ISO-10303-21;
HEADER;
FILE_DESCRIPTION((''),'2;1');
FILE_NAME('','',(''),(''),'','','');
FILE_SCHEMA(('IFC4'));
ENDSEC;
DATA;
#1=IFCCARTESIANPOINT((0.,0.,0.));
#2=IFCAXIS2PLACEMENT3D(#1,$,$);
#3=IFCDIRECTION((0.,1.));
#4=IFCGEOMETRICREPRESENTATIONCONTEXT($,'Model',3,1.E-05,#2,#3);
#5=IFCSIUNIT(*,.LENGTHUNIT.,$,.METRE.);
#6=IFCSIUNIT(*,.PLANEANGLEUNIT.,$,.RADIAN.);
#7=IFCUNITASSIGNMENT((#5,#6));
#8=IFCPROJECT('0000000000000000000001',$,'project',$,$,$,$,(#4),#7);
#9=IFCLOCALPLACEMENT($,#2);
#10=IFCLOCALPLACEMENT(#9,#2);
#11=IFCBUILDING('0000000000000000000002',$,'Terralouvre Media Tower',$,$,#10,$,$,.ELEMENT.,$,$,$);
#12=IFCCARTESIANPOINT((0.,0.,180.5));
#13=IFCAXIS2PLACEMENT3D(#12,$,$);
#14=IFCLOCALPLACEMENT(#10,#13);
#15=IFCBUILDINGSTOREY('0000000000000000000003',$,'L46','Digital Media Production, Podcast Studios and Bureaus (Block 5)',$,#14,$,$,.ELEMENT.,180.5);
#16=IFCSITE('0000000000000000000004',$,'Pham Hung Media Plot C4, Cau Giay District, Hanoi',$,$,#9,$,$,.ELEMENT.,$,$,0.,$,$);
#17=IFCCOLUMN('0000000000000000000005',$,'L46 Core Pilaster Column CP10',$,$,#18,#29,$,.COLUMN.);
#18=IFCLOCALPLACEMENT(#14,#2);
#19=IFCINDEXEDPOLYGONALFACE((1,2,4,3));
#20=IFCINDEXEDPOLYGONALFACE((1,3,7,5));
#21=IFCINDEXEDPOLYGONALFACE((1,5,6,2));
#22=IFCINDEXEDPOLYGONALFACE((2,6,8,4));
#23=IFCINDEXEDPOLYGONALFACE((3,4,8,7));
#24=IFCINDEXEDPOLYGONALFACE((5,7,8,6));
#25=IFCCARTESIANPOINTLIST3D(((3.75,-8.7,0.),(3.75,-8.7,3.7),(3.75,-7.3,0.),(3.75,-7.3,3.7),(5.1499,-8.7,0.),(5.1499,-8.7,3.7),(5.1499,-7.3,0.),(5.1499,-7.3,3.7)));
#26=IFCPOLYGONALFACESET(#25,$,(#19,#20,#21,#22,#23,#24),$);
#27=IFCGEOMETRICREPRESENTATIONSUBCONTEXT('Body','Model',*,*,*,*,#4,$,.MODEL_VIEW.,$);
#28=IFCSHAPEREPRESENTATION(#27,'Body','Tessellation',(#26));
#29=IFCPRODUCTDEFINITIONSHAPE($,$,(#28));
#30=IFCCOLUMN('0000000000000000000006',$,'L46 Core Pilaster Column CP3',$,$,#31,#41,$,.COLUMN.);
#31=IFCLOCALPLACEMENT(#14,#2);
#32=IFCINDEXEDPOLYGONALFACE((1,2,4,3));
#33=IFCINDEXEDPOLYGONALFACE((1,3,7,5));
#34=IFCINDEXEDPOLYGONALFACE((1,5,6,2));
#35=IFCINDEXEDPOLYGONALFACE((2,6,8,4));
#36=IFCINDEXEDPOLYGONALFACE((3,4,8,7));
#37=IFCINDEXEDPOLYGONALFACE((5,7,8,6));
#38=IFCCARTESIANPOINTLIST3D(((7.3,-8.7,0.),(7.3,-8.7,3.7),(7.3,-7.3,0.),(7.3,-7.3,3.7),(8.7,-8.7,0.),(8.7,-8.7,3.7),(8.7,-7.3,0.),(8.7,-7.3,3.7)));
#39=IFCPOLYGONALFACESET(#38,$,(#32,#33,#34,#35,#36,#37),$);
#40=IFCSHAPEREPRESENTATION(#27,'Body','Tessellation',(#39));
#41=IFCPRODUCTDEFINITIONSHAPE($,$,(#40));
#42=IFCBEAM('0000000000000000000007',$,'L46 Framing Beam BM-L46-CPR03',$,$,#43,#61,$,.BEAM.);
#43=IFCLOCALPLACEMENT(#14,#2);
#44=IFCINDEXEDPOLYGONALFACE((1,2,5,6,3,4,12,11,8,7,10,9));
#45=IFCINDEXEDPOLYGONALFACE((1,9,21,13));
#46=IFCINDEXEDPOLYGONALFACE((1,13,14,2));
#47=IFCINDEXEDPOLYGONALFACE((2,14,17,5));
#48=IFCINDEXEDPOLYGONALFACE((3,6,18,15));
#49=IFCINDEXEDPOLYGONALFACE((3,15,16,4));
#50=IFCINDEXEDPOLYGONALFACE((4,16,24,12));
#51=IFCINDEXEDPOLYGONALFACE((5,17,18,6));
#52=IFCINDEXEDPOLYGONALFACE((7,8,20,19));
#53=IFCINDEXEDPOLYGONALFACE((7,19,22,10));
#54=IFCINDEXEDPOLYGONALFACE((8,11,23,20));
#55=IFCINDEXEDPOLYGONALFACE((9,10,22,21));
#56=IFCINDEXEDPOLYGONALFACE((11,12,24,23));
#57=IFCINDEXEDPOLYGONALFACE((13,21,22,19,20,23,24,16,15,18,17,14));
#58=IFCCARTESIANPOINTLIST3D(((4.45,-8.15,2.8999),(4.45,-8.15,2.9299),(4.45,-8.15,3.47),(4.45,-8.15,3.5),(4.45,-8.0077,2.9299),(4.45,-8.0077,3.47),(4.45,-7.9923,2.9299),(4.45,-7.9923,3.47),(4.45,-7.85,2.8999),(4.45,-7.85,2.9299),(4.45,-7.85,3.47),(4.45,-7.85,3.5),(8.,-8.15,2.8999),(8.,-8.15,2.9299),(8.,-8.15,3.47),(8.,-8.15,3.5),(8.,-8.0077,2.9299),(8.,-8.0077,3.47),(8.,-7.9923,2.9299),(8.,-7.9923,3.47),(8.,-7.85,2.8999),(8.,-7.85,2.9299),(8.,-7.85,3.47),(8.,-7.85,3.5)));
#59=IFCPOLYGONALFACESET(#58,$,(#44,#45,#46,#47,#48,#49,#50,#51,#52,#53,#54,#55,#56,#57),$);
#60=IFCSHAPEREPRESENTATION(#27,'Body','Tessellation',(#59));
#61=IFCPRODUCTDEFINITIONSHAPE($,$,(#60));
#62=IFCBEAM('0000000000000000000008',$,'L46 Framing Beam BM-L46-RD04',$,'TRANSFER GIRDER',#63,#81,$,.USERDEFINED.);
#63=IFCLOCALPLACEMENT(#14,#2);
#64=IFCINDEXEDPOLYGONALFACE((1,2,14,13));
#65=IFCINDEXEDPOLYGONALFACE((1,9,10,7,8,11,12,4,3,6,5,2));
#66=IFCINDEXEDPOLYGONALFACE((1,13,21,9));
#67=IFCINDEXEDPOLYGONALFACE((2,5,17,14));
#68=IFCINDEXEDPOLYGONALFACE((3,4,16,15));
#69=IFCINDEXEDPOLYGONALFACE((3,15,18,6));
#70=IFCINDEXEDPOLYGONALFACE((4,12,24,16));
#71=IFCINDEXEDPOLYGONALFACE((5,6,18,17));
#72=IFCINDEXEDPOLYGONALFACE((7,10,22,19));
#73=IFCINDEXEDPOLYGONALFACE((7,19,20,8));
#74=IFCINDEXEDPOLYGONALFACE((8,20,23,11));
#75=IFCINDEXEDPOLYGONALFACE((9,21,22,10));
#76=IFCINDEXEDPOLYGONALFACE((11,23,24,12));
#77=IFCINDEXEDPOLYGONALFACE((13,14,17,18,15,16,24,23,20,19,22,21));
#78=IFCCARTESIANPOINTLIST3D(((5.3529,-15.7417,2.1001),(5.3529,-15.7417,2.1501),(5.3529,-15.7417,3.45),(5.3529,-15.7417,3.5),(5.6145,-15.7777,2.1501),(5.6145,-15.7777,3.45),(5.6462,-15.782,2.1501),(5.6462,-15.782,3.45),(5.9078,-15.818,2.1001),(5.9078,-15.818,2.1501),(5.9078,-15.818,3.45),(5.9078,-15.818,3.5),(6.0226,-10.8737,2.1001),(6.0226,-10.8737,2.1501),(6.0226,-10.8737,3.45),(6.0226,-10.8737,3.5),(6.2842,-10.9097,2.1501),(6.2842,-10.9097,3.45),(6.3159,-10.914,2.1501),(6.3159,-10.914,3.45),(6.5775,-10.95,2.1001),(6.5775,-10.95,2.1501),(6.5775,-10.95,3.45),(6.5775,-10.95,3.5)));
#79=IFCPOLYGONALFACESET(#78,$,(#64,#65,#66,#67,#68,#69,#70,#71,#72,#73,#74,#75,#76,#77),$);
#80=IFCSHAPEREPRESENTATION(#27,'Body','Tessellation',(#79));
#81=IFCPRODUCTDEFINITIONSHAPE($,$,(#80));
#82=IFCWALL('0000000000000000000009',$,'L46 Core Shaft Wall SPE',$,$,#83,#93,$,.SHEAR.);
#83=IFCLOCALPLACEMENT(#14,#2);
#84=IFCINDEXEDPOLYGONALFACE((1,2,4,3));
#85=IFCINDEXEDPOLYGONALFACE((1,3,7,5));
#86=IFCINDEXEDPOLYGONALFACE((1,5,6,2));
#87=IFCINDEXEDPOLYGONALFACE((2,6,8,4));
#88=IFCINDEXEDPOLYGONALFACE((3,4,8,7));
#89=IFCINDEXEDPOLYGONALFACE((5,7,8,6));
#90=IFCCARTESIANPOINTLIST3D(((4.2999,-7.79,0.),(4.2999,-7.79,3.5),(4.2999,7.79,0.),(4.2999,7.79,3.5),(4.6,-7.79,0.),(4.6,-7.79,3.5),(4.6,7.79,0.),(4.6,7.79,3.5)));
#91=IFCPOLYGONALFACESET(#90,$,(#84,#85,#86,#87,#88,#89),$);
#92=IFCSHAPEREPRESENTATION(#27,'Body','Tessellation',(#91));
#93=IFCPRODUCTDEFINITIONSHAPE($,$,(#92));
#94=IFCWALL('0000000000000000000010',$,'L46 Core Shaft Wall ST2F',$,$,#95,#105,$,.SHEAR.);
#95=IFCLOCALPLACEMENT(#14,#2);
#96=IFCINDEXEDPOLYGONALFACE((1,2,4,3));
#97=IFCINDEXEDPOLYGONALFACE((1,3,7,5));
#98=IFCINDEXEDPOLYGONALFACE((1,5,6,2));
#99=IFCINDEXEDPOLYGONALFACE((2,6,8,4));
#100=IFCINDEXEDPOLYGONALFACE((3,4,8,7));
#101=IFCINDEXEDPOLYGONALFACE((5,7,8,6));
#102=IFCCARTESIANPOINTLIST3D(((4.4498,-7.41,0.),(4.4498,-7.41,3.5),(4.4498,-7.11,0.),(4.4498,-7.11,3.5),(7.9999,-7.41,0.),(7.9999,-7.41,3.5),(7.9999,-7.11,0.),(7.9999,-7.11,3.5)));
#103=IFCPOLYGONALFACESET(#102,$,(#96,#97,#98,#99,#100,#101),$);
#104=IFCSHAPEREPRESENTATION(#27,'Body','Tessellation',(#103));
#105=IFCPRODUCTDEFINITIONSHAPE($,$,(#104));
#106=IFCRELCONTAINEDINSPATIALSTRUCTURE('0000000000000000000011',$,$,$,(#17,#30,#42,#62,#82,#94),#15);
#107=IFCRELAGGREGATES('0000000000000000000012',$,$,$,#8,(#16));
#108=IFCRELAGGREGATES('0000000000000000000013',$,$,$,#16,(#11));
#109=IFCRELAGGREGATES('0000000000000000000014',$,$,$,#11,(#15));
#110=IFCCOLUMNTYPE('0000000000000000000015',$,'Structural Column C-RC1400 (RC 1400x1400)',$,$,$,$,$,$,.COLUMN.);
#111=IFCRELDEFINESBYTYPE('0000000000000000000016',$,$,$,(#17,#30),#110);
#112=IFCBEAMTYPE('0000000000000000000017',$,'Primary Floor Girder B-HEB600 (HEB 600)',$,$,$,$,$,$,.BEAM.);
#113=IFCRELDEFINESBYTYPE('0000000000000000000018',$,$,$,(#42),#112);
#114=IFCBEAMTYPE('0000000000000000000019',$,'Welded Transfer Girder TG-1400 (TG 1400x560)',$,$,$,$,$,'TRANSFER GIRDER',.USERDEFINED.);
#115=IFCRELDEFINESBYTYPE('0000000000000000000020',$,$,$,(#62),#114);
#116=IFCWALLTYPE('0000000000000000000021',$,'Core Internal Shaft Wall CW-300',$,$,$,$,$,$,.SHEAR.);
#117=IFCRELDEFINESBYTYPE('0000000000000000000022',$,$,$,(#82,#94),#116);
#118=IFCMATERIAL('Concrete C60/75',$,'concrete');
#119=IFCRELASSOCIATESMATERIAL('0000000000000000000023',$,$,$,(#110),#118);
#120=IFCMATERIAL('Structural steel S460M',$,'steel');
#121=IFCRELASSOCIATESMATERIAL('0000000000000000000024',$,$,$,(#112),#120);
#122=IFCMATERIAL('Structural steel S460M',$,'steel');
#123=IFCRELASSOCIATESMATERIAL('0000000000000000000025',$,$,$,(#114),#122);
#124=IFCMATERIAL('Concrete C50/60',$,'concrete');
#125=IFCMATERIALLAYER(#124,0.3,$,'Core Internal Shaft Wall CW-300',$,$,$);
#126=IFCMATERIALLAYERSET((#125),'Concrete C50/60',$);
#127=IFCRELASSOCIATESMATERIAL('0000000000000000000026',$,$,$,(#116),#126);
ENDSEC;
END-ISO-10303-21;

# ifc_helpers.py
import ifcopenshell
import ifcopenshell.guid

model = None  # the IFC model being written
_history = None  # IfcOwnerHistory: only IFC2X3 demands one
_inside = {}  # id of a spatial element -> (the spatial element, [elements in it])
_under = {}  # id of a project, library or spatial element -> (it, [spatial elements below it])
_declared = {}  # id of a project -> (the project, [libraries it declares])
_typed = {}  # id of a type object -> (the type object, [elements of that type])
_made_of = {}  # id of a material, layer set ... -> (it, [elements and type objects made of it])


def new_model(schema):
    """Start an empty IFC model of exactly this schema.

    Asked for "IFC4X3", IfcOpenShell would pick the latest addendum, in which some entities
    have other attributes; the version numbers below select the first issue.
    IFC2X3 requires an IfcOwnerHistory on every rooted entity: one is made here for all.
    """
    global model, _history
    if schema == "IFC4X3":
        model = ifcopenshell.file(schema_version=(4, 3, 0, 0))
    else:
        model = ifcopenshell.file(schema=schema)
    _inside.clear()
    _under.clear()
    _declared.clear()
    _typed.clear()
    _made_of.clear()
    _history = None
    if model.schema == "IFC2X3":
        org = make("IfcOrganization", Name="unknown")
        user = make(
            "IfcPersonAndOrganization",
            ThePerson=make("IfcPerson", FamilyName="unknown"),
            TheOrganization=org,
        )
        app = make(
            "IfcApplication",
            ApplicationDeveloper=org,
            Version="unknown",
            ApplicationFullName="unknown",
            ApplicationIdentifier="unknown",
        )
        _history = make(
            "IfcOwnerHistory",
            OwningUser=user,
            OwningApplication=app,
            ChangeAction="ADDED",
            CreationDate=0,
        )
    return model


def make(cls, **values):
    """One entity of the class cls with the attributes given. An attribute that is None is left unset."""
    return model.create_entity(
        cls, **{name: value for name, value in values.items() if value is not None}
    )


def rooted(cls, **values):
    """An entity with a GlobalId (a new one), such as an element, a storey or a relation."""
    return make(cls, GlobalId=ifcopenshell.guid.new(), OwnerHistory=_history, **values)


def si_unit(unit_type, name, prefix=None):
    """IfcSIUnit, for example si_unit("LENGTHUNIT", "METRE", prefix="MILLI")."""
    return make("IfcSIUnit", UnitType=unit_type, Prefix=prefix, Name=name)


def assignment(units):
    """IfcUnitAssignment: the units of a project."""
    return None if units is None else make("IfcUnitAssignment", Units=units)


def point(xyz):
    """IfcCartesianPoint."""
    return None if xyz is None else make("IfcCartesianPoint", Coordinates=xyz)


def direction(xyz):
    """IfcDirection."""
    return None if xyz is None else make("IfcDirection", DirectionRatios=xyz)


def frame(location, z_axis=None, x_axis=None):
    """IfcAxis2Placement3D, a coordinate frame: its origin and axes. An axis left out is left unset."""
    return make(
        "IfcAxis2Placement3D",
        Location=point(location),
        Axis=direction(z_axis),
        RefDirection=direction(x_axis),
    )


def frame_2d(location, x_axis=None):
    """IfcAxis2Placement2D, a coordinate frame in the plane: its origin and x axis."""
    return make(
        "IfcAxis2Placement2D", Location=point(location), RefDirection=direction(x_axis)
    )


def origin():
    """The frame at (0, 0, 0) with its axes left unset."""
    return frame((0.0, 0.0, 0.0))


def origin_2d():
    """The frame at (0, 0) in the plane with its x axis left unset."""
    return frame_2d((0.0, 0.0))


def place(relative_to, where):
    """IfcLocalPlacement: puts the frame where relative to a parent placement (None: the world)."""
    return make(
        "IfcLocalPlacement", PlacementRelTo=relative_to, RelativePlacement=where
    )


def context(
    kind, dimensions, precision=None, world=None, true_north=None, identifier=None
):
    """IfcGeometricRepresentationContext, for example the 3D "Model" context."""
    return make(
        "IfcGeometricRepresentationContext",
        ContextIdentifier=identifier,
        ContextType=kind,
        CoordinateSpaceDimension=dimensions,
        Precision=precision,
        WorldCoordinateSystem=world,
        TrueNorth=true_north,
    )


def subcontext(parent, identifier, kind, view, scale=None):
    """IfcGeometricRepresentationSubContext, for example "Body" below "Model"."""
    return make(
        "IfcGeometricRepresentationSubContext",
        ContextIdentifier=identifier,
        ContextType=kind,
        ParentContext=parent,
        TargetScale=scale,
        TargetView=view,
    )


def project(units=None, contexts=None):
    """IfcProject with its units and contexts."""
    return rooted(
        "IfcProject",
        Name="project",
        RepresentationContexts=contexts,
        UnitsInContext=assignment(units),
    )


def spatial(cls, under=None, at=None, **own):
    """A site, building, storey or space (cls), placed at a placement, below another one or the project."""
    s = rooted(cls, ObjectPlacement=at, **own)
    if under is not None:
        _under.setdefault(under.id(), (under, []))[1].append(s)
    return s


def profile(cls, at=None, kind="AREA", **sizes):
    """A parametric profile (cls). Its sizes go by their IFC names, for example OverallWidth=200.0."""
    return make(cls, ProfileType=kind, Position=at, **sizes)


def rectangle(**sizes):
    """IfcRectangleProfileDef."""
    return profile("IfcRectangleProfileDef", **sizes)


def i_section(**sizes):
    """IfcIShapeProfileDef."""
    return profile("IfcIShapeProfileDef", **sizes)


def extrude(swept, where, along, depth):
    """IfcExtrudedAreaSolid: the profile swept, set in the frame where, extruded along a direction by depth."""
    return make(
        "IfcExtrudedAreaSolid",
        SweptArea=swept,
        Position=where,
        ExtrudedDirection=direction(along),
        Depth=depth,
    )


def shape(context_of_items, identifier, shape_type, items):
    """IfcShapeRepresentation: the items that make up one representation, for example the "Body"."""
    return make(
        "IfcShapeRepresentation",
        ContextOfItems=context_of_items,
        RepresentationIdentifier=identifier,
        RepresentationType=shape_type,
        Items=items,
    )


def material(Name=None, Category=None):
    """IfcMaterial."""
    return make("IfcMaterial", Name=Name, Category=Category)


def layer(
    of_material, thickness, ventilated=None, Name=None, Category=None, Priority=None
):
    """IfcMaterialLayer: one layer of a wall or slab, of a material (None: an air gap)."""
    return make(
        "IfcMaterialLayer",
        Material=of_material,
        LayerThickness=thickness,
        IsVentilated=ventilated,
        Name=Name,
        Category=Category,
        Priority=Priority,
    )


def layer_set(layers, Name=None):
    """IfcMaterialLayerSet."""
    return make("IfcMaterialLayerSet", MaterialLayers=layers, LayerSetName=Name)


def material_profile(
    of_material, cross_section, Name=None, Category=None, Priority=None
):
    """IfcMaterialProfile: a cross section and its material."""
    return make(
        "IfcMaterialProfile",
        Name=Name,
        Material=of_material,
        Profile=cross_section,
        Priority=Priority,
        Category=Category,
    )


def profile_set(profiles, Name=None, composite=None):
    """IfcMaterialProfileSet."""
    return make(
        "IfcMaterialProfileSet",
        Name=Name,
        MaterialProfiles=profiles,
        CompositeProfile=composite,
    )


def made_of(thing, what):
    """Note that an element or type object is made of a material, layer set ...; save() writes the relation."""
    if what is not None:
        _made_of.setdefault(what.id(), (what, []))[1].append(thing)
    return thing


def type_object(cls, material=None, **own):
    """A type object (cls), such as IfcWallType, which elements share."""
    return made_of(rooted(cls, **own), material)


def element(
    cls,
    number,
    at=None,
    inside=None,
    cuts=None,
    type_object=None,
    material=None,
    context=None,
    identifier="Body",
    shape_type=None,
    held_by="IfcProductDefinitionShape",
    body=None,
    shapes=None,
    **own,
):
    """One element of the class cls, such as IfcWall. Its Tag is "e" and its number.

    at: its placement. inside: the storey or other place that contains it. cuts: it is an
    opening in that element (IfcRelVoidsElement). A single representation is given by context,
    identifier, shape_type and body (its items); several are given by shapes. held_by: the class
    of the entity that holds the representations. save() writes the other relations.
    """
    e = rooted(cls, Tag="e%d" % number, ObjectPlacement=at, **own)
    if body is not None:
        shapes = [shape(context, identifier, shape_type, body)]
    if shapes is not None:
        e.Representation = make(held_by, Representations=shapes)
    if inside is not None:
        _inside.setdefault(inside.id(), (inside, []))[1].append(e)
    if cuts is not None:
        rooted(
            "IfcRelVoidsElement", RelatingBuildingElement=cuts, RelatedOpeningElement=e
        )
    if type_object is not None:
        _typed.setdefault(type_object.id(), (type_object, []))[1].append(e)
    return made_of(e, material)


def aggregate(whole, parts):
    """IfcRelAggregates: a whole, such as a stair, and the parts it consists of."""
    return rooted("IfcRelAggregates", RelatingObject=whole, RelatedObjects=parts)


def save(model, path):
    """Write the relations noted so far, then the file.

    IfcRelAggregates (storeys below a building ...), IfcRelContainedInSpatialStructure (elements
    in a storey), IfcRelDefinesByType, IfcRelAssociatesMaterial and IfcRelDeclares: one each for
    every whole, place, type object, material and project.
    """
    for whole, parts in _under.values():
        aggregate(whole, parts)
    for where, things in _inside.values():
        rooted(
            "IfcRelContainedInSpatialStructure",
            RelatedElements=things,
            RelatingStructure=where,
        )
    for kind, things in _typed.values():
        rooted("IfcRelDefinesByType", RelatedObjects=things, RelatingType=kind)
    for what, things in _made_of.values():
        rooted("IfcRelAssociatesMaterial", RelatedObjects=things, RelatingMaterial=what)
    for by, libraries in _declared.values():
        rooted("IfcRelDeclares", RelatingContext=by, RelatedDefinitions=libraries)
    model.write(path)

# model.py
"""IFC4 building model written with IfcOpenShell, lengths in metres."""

from ifc_helpers import new_model, si_unit, direction, frame, frame_2d, origin, origin_2d, place, context, subcontext, project, spatial, rectangle, i_section, extrude, material, layer, layer_set, material_profile, profile_set, type_object, element, save


model = new_model("IFC4")

# Units and contexts
model_context = context("Model", 3, precision=1e-05, world=origin(), true_north=direction((0.0, 1.0)))
body_context = subcontext(model_context, "Body", "Model", "MODEL_VIEW")
ifc_project = project(units=[si_unit("LENGTHUNIT", "METRE"), si_unit("PLANEANGLEUNIT", "RADIAN")], contexts=[model_context])

# Site, building, storey
site_placement = place(None, origin())
site = spatial("IfcSite", under=ifc_project, at=site_placement, Name="Pham Hung Media Plot C4, Cau Giay District, Hanoi", CompositionType="ELEMENT", RefElevation=0.0)
building_placement = place(site_placement, origin())
building = spatial("IfcBuilding", under=site, at=building_placement, Name="Terralouvre Media Tower", CompositionType="ELEMENT")
storey_placement = place(building_placement, frame((0.0, 0.0, 180.5)))
storey = spatial("IfcBuildingStorey", under=building, at=storey_placement, Name="L46", Description="Digital Media Production, Podcast Studios and Bureaus (Block 5)", CompositionType="ELEMENT", Elevation=180.5)

# Columns
ifc_material_1 = material(Name="Concrete C60/75", Category="concrete")
ifc_material_profile_1 = material_profile(ifc_material_1, rectangle(XDim=1.3999, YDim=1.3999, at=origin_2d()), Name="RC 1400x1400")
ifc_profile_set_1 = profile_set([ifc_material_profile_1], Name="Concrete C60/75")
column_type = type_object("IfcColumnType", Name="Structural Column C-RC1400 (RC 1400x1400)", PredefinedType="COLUMN", material=ifc_profile_set_1)
for number, where, z_axis, x_axis, name in (
    (1, (4.45, -8.0, 0.0), (0.0, 0.0, 1.0), (1.0, 0.0, 0.0), "L46 Core Pilaster Column CP10"),
    (2, (8.0, -8.0, 0.0), (0.0, 0.0, 1.0), (1.0, 0.0, 0.0), "L46 Core Pilaster Column CP3"),
):
    element("IfcColumn", number, at=place(storey_placement, frame(where, z_axis=z_axis, x_axis=x_axis)), inside=storey, type_object=column_type, Name=name, PredefinedType="COLUMN", context=body_context, shape_type="SweptSolid", body=[
        extrude(rectangle(XDim=1.3999, YDim=1.3999, at=origin_2d()), origin(), (0.0, 0.0, 1.0), 3.7),
    ])

# Beams
ifc_material_2 = material(Name="Structural steel S460M", Category="steel")
ifc_material_profile_2 = material_profile(ifc_material_2, i_section(OverallWidth=0.3, OverallDepth=0.6001, WebThickness=0.0154, FlangeThickness=0.03, at=origin_2d()), Name="HEB 600")
ifc_profile_set_2 = profile_set([ifc_material_profile_2], Name="Structural steel S460M")
beam_type_1 = type_object("IfcBeamType", Name="Primary Floor Girder B-HEB600 (HEB 600)", PredefinedType="BEAM", material=ifc_profile_set_2)
beam_1_placement = place(storey_placement, frame((4.45, -8.0, 3.2), z_axis=(1.0, 0.0, 0.0), x_axis=(0.0, 1.0, 0.0)))
element("IfcBeam", 3, at=beam_1_placement, inside=storey, type_object=beam_type_1, Name="L46 Framing Beam BM-L46-CPR03", PredefinedType="BEAM", context=body_context, shape_type="SweptSolid", body=[
    extrude(i_section(OverallWidth=0.3, OverallDepth=0.6001, WebThickness=0.0154, FlangeThickness=0.03, at=origin_2d()), origin(), (0.0, 0.0, 1.0), 3.55),
])
ifc_material_3 = material(Name="Structural steel S460M", Category="steel")
ifc_material_profile_3 = material_profile(ifc_material_3, i_section(OverallWidth=0.5601, OverallDepth=1.3999, WebThickness=0.032, FlangeThickness=0.05, at=origin_2d()), Name="TG 1400x560")
ifc_profile_set_3 = profile_set([ifc_material_profile_3], Name="Structural steel S460M")
beam_type_2 = type_object("IfcBeamType", Name="Welded Transfer Girder TG-1400 (TG 1400x560)", ElementType="TRANSFER GIRDER", PredefinedType="USERDEFINED", material=ifc_profile_set_3)
beam_2_placement = place(storey_placement, frame((6.3, -10.9119, 2.8), z_axis=(-0.136286, -0.99067, 0.0), x_axis=(0.99067, -0.136286, 0.0)))
element("IfcBeam", 4, at=beam_2_placement, inside=storey, type_object=beam_type_2, Name="L46 Framing Beam BM-L46-RD04", ObjectType="TRANSFER GIRDER", PredefinedType="USERDEFINED", context=body_context, shape_type="SweptSolid", body=[
    extrude(i_section(OverallWidth=0.5601, OverallDepth=1.3999, WebThickness=0.032, FlangeThickness=0.05, at=origin_2d()), origin(), (0.0, 0.0, 1.0), 4.9138),
])

# Wall
ifc_material_4 = material(Name="Concrete C50/60", Category="concrete")
ifc_layer_1 = layer(ifc_material_4, 0.3, Name="Core Internal Shaft Wall CW-300")
ifc_layer_set_1 = layer_set([ifc_layer_1], Name="Concrete C50/60")
wall_type_1 = type_object("IfcWallType", Name="Core Internal Shaft Wall CW-300", PredefinedType="SHEAR", material=ifc_layer_set_1)
wall_1_placement = place(storey_placement, frame((4.45, -7.79, 0.0), z_axis=(0.0, 0.0, 1.0), x_axis=(0.0, 1.0, 0.0)))
element("IfcWall", 5, at=wall_1_placement, inside=storey, type_object=wall_type_1, Name="L46 Core Shaft Wall SPE", PredefinedType="SHEAR", context=body_context, shape_type="SweptSolid", body=[
    extrude(rectangle(XDim=15.5801, YDim=0.3, at=frame_2d((7.79, 0.0))), origin(), (0.0, 0.0, 1.0), 3.5),
])

# Wall
wall_2_placement = place(storey_placement, frame((4.45, -7.26, 0.0), z_axis=(0.0, 0.0, 1.0), x_axis=(1.0, 0.0, 0.0)))
element("IfcWall", 6, at=wall_2_placement, inside=storey, type_object=wall_type_1, Name="L46 Core Shaft Wall ST2F", PredefinedType="SHEAR", context=body_context, shape_type="SweptSolid", body=[
    extrude(rectangle(XDim=3.55, YDim=0.3, at=frame_2d((1.7749, 0.0))), origin(), (0.0, 0.0, 1.0), 3.5),
])

save(model, "model.ifc")
